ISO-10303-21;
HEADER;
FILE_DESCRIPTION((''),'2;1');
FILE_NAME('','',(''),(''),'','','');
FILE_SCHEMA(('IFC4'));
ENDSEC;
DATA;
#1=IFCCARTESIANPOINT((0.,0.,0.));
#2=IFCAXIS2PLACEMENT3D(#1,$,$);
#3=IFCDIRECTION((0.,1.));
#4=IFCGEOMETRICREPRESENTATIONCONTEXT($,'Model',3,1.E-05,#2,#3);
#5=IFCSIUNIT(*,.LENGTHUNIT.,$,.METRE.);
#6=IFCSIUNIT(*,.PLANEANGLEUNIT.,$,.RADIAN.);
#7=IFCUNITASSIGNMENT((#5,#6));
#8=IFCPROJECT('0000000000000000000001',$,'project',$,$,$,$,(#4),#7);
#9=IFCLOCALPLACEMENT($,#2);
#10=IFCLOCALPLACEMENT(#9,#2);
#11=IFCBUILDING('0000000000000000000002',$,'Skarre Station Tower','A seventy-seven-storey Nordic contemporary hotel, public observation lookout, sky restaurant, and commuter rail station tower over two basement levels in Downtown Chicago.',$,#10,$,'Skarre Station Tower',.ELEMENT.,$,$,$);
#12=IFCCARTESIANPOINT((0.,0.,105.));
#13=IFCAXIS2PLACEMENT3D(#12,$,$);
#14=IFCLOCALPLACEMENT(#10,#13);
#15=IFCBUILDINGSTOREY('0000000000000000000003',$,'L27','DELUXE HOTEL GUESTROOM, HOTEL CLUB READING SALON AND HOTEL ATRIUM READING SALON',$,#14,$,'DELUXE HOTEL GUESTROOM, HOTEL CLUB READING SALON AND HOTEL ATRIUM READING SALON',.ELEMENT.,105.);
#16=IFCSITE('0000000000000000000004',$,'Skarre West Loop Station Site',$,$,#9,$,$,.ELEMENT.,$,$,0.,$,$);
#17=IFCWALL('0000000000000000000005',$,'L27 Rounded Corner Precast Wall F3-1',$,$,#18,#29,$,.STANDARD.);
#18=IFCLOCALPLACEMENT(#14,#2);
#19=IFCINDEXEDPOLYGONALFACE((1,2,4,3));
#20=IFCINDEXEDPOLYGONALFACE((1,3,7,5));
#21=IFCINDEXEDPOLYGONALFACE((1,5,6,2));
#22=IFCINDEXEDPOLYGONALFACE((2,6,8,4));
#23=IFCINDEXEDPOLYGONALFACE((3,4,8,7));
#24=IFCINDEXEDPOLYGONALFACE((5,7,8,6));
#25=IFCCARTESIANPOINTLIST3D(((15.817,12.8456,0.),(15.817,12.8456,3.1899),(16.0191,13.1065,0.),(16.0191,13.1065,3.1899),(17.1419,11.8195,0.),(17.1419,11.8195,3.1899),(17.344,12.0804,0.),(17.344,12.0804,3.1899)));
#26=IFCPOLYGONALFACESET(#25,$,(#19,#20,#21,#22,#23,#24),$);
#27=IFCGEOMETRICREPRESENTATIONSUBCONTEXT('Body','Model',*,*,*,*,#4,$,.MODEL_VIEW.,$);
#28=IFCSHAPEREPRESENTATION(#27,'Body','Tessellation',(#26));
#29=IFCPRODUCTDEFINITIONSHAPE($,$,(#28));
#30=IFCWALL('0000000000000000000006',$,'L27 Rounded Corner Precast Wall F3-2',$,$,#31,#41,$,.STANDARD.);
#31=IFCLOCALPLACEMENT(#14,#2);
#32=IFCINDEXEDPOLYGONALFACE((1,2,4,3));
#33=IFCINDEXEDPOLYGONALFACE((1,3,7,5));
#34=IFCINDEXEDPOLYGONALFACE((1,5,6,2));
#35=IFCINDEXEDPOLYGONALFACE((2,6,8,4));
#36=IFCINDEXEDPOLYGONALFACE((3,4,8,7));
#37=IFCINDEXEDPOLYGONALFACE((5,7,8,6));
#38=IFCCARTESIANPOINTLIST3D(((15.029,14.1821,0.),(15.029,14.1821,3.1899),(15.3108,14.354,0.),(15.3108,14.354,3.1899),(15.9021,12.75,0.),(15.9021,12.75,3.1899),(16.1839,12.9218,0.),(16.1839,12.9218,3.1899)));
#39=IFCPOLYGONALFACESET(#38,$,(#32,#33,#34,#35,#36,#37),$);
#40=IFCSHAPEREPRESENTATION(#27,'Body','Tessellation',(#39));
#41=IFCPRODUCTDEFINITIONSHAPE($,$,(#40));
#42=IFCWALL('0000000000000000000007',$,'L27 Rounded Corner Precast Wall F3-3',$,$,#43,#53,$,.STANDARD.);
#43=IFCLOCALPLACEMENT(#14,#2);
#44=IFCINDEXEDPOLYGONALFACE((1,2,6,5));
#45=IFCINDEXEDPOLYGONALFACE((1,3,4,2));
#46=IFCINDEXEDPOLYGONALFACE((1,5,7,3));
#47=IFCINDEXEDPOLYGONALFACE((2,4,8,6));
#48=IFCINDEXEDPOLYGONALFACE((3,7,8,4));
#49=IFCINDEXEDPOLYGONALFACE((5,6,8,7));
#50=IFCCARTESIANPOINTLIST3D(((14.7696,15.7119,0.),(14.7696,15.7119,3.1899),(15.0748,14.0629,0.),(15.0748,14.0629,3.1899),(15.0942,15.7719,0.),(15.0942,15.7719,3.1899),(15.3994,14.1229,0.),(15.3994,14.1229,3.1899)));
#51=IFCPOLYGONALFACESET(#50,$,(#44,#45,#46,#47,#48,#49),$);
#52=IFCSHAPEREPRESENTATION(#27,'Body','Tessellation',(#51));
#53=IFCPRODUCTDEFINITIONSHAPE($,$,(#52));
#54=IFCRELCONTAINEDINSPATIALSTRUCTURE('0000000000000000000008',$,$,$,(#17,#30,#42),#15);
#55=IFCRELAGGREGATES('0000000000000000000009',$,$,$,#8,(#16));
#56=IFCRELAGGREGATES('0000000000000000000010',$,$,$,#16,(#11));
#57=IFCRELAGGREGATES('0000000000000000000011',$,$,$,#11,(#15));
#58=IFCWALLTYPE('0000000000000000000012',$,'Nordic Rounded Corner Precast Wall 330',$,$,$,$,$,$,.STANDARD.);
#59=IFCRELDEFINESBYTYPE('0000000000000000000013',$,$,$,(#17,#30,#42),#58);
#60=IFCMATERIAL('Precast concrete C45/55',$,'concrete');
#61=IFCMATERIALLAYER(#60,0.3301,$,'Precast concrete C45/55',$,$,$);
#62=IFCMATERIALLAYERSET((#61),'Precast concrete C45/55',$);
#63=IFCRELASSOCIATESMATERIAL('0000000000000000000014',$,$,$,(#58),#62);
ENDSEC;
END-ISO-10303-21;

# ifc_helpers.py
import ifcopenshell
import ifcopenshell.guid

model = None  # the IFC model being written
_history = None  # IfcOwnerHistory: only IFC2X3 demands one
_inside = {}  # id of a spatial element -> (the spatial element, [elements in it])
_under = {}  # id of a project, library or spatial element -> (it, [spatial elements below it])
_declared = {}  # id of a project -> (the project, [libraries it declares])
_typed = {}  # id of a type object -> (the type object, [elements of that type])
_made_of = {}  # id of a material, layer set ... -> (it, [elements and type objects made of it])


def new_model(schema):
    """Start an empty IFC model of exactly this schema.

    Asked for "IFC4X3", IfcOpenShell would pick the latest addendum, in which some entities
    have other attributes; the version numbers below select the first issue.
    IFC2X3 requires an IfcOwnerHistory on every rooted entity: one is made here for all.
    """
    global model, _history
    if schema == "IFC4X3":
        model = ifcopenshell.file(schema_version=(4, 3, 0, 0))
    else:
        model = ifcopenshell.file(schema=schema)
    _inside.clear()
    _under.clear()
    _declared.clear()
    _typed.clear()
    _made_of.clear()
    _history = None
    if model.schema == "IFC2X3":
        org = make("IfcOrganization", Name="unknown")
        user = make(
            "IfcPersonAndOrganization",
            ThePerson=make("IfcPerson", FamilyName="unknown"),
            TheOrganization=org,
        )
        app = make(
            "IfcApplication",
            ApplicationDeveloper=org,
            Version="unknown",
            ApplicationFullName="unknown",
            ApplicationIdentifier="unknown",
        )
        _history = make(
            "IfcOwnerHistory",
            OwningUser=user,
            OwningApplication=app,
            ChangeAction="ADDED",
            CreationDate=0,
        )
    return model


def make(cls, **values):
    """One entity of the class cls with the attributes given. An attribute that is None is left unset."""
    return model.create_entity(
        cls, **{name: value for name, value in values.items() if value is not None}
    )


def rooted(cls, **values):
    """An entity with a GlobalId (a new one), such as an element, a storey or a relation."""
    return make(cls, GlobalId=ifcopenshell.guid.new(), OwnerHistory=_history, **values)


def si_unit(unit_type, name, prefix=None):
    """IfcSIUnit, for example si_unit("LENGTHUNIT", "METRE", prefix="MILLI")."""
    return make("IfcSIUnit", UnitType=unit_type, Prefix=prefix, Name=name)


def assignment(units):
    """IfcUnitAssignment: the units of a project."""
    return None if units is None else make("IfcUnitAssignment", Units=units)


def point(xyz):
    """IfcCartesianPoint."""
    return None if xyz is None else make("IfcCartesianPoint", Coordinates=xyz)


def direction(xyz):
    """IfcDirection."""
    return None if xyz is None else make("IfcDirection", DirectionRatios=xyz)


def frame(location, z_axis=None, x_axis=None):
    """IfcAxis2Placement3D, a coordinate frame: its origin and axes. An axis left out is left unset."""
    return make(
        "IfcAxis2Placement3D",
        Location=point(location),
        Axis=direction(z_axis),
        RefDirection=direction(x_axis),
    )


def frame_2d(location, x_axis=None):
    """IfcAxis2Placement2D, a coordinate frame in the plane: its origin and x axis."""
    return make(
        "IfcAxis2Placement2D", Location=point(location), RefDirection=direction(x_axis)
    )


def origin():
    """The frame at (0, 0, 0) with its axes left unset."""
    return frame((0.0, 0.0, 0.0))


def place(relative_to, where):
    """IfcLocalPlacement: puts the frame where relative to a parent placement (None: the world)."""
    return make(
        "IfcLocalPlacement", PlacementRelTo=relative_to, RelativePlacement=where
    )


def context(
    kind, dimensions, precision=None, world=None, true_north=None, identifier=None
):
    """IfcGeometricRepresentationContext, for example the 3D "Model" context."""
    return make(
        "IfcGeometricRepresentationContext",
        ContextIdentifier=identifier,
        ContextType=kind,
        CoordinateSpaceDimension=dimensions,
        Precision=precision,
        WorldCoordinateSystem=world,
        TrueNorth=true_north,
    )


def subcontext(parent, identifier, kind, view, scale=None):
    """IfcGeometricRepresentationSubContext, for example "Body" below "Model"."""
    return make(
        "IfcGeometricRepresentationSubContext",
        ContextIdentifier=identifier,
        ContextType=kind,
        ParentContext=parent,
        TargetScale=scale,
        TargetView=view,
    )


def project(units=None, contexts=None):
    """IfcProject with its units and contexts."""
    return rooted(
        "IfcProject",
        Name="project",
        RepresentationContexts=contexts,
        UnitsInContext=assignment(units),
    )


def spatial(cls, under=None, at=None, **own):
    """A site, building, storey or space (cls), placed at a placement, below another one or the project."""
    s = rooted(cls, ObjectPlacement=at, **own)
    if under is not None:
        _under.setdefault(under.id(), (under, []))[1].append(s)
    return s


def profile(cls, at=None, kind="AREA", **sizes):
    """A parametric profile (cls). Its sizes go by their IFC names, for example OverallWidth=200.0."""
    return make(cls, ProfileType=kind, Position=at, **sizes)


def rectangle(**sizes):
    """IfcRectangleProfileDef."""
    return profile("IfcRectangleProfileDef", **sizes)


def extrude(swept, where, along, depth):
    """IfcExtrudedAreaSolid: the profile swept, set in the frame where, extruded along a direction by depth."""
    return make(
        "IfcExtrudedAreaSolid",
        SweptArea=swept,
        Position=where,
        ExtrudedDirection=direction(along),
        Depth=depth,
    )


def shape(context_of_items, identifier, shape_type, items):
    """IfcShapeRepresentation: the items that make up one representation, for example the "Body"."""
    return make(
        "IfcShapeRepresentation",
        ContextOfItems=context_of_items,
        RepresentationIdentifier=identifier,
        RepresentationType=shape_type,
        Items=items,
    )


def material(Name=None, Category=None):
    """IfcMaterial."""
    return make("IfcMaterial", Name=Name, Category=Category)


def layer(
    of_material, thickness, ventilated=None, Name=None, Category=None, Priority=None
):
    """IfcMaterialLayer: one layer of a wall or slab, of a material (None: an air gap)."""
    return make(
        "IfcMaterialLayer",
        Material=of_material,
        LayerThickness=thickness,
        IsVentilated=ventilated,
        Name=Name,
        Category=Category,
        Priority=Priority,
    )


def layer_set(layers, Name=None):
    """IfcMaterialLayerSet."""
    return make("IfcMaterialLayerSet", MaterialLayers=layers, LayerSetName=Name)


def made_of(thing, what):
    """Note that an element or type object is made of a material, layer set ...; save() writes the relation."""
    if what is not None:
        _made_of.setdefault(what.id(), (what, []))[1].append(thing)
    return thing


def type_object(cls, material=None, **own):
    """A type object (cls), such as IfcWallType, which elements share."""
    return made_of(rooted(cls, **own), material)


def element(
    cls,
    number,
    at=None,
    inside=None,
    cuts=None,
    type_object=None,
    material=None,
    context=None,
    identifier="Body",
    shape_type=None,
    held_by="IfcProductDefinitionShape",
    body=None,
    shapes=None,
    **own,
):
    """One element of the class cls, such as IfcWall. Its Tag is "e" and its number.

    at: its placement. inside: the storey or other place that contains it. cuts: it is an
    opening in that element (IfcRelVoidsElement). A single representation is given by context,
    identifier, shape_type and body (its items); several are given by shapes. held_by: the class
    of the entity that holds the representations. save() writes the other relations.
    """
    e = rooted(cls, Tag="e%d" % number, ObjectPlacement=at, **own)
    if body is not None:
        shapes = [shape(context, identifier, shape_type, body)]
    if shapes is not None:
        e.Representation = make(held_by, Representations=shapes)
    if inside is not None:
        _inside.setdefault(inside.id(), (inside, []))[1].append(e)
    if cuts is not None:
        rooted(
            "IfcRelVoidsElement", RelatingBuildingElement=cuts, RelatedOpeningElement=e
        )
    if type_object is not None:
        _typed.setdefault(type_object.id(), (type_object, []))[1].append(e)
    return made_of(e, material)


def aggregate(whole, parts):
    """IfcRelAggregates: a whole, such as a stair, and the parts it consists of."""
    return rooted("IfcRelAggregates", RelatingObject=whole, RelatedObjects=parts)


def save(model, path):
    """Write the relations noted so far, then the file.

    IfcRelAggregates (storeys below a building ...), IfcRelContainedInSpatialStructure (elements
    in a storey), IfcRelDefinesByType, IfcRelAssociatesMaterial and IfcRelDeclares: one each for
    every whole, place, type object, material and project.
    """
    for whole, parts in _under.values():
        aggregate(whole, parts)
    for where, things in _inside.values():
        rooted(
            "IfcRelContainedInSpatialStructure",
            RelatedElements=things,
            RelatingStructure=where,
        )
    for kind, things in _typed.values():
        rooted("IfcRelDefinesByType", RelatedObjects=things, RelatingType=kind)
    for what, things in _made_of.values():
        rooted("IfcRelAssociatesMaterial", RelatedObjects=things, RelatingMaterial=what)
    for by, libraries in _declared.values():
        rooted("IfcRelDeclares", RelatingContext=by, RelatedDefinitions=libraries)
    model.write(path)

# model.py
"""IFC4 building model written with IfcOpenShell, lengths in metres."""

from ifc_helpers import new_model, si_unit, direction, frame, frame_2d, origin, place, context, subcontext, project, spatial, rectangle, extrude, material, layer, layer_set, type_object, element, save


model = new_model("IFC4")

# Units and contexts
model_context = context("Model", 3, precision=1e-05, world=origin(), true_north=direction((0.0, 1.0)))
body_context = subcontext(model_context, "Body", "Model", "MODEL_VIEW")
ifc_project = project(units=[si_unit("LENGTHUNIT", "METRE"), si_unit("PLANEANGLEUNIT", "RADIAN")], contexts=[model_context])

# Site, building, storey
site_placement = place(None, origin())
site = spatial("IfcSite", under=ifc_project, at=site_placement, Name="Skarre West Loop Station Site", CompositionType="ELEMENT", RefElevation=0.0)
building_placement = place(site_placement, origin())
building = spatial("IfcBuilding", under=site, at=building_placement, Name="Skarre Station Tower", Description="A seventy-seven-storey Nordic contemporary hotel, public observation lookout, sky restaurant, and commuter rail station tower over two basement levels in Downtown Chicago.", LongName="Skarre Station Tower", CompositionType="ELEMENT")
storey_placement = place(building_placement, frame((0.0, 0.0, 105.0)))
storey = spatial("IfcBuildingStorey", under=building, at=storey_placement, Name="L27", Description="DELUXE HOTEL GUESTROOM, HOTEL CLUB READING SALON AND HOTEL ATRIUM READING SALON", LongName="DELUXE HOTEL GUESTROOM, HOTEL CLUB READING SALON AND HOTEL ATRIUM READING SALON", CompositionType="ELEMENT", Elevation=105.0)

# Shared definitions
ifc_material_1 = material(Name="Precast concrete C45/55", Category="concrete")

# Walls
ifc_layer_1 = layer(ifc_material_1, 0.3301, Name="Precast concrete C45/55")
ifc_layer_set_1 = layer_set([ifc_layer_1], Name="Precast concrete C45/55")
wall_type_1 = type_object("IfcWallType", Name="Nordic Rounded Corner Precast Wall 330", PredefinedType="STANDARD", material=ifc_layer_set_1)
wall_1_placement = place(storey_placement, frame((17.2429, 11.95, 0.0), z_axis=(0.0, 0.0, 1.0), x_axis=(-0.790621, 0.612305, 0.0)))
element("IfcWall", 1, at=wall_1_placement, inside=storey, type_object=wall_type_1, Name="L27 Rounded Corner Precast Wall F3-1", PredefinedType="STANDARD", context=body_context, shape_type="SweptSolid", body=[
    extrude(rectangle(XDim=1.6758, YDim=0.3301, at=frame_2d((0.8379, 0.0))), origin(), (0.0, 0.0, 1.0), 3.1899),
])
wall_2_placement = place(storey_placement, frame((16.043, 12.8359, 0.0), z_axis=(0.0, 0.0, 1.0), x_axis=(-0.520519, 0.85385, 0.0)))
element("IfcWall", 2, at=wall_2_placement, inside=storey, type_object=wall_type_1, Name="L27 Rounded Corner Precast Wall F3-2", PredefinedType="STANDARD", context=body_context, shape_type="SweptSolid", body=[
    extrude(rectangle(XDim=1.6772, YDim=0.3301, at=frame_2d((0.8386, 0.0))), origin(), (0.0, 0.0, 1.0), 3.1899),
])
wall_3_placement = place(storey_placement, frame((15.2371, 14.093, 0.0), z_axis=(0.0, 0.0, 1.0), x_axis=(-0.181985, 0.983301, 0.0)))
element("IfcWall", 3, at=wall_3_placement, inside=storey, type_object=wall_type_1, Name="L27 Rounded Corner Precast Wall F3-3", PredefinedType="STANDARD", context=body_context, shape_type="SweptSolid", body=[
    extrude(rectangle(XDim=1.677, YDim=0.3301, at=frame_2d((0.8384, 0.0))), origin(), (0.0, 0.0, 1.0), 3.1899),
])

save(model, "model.ifc")
